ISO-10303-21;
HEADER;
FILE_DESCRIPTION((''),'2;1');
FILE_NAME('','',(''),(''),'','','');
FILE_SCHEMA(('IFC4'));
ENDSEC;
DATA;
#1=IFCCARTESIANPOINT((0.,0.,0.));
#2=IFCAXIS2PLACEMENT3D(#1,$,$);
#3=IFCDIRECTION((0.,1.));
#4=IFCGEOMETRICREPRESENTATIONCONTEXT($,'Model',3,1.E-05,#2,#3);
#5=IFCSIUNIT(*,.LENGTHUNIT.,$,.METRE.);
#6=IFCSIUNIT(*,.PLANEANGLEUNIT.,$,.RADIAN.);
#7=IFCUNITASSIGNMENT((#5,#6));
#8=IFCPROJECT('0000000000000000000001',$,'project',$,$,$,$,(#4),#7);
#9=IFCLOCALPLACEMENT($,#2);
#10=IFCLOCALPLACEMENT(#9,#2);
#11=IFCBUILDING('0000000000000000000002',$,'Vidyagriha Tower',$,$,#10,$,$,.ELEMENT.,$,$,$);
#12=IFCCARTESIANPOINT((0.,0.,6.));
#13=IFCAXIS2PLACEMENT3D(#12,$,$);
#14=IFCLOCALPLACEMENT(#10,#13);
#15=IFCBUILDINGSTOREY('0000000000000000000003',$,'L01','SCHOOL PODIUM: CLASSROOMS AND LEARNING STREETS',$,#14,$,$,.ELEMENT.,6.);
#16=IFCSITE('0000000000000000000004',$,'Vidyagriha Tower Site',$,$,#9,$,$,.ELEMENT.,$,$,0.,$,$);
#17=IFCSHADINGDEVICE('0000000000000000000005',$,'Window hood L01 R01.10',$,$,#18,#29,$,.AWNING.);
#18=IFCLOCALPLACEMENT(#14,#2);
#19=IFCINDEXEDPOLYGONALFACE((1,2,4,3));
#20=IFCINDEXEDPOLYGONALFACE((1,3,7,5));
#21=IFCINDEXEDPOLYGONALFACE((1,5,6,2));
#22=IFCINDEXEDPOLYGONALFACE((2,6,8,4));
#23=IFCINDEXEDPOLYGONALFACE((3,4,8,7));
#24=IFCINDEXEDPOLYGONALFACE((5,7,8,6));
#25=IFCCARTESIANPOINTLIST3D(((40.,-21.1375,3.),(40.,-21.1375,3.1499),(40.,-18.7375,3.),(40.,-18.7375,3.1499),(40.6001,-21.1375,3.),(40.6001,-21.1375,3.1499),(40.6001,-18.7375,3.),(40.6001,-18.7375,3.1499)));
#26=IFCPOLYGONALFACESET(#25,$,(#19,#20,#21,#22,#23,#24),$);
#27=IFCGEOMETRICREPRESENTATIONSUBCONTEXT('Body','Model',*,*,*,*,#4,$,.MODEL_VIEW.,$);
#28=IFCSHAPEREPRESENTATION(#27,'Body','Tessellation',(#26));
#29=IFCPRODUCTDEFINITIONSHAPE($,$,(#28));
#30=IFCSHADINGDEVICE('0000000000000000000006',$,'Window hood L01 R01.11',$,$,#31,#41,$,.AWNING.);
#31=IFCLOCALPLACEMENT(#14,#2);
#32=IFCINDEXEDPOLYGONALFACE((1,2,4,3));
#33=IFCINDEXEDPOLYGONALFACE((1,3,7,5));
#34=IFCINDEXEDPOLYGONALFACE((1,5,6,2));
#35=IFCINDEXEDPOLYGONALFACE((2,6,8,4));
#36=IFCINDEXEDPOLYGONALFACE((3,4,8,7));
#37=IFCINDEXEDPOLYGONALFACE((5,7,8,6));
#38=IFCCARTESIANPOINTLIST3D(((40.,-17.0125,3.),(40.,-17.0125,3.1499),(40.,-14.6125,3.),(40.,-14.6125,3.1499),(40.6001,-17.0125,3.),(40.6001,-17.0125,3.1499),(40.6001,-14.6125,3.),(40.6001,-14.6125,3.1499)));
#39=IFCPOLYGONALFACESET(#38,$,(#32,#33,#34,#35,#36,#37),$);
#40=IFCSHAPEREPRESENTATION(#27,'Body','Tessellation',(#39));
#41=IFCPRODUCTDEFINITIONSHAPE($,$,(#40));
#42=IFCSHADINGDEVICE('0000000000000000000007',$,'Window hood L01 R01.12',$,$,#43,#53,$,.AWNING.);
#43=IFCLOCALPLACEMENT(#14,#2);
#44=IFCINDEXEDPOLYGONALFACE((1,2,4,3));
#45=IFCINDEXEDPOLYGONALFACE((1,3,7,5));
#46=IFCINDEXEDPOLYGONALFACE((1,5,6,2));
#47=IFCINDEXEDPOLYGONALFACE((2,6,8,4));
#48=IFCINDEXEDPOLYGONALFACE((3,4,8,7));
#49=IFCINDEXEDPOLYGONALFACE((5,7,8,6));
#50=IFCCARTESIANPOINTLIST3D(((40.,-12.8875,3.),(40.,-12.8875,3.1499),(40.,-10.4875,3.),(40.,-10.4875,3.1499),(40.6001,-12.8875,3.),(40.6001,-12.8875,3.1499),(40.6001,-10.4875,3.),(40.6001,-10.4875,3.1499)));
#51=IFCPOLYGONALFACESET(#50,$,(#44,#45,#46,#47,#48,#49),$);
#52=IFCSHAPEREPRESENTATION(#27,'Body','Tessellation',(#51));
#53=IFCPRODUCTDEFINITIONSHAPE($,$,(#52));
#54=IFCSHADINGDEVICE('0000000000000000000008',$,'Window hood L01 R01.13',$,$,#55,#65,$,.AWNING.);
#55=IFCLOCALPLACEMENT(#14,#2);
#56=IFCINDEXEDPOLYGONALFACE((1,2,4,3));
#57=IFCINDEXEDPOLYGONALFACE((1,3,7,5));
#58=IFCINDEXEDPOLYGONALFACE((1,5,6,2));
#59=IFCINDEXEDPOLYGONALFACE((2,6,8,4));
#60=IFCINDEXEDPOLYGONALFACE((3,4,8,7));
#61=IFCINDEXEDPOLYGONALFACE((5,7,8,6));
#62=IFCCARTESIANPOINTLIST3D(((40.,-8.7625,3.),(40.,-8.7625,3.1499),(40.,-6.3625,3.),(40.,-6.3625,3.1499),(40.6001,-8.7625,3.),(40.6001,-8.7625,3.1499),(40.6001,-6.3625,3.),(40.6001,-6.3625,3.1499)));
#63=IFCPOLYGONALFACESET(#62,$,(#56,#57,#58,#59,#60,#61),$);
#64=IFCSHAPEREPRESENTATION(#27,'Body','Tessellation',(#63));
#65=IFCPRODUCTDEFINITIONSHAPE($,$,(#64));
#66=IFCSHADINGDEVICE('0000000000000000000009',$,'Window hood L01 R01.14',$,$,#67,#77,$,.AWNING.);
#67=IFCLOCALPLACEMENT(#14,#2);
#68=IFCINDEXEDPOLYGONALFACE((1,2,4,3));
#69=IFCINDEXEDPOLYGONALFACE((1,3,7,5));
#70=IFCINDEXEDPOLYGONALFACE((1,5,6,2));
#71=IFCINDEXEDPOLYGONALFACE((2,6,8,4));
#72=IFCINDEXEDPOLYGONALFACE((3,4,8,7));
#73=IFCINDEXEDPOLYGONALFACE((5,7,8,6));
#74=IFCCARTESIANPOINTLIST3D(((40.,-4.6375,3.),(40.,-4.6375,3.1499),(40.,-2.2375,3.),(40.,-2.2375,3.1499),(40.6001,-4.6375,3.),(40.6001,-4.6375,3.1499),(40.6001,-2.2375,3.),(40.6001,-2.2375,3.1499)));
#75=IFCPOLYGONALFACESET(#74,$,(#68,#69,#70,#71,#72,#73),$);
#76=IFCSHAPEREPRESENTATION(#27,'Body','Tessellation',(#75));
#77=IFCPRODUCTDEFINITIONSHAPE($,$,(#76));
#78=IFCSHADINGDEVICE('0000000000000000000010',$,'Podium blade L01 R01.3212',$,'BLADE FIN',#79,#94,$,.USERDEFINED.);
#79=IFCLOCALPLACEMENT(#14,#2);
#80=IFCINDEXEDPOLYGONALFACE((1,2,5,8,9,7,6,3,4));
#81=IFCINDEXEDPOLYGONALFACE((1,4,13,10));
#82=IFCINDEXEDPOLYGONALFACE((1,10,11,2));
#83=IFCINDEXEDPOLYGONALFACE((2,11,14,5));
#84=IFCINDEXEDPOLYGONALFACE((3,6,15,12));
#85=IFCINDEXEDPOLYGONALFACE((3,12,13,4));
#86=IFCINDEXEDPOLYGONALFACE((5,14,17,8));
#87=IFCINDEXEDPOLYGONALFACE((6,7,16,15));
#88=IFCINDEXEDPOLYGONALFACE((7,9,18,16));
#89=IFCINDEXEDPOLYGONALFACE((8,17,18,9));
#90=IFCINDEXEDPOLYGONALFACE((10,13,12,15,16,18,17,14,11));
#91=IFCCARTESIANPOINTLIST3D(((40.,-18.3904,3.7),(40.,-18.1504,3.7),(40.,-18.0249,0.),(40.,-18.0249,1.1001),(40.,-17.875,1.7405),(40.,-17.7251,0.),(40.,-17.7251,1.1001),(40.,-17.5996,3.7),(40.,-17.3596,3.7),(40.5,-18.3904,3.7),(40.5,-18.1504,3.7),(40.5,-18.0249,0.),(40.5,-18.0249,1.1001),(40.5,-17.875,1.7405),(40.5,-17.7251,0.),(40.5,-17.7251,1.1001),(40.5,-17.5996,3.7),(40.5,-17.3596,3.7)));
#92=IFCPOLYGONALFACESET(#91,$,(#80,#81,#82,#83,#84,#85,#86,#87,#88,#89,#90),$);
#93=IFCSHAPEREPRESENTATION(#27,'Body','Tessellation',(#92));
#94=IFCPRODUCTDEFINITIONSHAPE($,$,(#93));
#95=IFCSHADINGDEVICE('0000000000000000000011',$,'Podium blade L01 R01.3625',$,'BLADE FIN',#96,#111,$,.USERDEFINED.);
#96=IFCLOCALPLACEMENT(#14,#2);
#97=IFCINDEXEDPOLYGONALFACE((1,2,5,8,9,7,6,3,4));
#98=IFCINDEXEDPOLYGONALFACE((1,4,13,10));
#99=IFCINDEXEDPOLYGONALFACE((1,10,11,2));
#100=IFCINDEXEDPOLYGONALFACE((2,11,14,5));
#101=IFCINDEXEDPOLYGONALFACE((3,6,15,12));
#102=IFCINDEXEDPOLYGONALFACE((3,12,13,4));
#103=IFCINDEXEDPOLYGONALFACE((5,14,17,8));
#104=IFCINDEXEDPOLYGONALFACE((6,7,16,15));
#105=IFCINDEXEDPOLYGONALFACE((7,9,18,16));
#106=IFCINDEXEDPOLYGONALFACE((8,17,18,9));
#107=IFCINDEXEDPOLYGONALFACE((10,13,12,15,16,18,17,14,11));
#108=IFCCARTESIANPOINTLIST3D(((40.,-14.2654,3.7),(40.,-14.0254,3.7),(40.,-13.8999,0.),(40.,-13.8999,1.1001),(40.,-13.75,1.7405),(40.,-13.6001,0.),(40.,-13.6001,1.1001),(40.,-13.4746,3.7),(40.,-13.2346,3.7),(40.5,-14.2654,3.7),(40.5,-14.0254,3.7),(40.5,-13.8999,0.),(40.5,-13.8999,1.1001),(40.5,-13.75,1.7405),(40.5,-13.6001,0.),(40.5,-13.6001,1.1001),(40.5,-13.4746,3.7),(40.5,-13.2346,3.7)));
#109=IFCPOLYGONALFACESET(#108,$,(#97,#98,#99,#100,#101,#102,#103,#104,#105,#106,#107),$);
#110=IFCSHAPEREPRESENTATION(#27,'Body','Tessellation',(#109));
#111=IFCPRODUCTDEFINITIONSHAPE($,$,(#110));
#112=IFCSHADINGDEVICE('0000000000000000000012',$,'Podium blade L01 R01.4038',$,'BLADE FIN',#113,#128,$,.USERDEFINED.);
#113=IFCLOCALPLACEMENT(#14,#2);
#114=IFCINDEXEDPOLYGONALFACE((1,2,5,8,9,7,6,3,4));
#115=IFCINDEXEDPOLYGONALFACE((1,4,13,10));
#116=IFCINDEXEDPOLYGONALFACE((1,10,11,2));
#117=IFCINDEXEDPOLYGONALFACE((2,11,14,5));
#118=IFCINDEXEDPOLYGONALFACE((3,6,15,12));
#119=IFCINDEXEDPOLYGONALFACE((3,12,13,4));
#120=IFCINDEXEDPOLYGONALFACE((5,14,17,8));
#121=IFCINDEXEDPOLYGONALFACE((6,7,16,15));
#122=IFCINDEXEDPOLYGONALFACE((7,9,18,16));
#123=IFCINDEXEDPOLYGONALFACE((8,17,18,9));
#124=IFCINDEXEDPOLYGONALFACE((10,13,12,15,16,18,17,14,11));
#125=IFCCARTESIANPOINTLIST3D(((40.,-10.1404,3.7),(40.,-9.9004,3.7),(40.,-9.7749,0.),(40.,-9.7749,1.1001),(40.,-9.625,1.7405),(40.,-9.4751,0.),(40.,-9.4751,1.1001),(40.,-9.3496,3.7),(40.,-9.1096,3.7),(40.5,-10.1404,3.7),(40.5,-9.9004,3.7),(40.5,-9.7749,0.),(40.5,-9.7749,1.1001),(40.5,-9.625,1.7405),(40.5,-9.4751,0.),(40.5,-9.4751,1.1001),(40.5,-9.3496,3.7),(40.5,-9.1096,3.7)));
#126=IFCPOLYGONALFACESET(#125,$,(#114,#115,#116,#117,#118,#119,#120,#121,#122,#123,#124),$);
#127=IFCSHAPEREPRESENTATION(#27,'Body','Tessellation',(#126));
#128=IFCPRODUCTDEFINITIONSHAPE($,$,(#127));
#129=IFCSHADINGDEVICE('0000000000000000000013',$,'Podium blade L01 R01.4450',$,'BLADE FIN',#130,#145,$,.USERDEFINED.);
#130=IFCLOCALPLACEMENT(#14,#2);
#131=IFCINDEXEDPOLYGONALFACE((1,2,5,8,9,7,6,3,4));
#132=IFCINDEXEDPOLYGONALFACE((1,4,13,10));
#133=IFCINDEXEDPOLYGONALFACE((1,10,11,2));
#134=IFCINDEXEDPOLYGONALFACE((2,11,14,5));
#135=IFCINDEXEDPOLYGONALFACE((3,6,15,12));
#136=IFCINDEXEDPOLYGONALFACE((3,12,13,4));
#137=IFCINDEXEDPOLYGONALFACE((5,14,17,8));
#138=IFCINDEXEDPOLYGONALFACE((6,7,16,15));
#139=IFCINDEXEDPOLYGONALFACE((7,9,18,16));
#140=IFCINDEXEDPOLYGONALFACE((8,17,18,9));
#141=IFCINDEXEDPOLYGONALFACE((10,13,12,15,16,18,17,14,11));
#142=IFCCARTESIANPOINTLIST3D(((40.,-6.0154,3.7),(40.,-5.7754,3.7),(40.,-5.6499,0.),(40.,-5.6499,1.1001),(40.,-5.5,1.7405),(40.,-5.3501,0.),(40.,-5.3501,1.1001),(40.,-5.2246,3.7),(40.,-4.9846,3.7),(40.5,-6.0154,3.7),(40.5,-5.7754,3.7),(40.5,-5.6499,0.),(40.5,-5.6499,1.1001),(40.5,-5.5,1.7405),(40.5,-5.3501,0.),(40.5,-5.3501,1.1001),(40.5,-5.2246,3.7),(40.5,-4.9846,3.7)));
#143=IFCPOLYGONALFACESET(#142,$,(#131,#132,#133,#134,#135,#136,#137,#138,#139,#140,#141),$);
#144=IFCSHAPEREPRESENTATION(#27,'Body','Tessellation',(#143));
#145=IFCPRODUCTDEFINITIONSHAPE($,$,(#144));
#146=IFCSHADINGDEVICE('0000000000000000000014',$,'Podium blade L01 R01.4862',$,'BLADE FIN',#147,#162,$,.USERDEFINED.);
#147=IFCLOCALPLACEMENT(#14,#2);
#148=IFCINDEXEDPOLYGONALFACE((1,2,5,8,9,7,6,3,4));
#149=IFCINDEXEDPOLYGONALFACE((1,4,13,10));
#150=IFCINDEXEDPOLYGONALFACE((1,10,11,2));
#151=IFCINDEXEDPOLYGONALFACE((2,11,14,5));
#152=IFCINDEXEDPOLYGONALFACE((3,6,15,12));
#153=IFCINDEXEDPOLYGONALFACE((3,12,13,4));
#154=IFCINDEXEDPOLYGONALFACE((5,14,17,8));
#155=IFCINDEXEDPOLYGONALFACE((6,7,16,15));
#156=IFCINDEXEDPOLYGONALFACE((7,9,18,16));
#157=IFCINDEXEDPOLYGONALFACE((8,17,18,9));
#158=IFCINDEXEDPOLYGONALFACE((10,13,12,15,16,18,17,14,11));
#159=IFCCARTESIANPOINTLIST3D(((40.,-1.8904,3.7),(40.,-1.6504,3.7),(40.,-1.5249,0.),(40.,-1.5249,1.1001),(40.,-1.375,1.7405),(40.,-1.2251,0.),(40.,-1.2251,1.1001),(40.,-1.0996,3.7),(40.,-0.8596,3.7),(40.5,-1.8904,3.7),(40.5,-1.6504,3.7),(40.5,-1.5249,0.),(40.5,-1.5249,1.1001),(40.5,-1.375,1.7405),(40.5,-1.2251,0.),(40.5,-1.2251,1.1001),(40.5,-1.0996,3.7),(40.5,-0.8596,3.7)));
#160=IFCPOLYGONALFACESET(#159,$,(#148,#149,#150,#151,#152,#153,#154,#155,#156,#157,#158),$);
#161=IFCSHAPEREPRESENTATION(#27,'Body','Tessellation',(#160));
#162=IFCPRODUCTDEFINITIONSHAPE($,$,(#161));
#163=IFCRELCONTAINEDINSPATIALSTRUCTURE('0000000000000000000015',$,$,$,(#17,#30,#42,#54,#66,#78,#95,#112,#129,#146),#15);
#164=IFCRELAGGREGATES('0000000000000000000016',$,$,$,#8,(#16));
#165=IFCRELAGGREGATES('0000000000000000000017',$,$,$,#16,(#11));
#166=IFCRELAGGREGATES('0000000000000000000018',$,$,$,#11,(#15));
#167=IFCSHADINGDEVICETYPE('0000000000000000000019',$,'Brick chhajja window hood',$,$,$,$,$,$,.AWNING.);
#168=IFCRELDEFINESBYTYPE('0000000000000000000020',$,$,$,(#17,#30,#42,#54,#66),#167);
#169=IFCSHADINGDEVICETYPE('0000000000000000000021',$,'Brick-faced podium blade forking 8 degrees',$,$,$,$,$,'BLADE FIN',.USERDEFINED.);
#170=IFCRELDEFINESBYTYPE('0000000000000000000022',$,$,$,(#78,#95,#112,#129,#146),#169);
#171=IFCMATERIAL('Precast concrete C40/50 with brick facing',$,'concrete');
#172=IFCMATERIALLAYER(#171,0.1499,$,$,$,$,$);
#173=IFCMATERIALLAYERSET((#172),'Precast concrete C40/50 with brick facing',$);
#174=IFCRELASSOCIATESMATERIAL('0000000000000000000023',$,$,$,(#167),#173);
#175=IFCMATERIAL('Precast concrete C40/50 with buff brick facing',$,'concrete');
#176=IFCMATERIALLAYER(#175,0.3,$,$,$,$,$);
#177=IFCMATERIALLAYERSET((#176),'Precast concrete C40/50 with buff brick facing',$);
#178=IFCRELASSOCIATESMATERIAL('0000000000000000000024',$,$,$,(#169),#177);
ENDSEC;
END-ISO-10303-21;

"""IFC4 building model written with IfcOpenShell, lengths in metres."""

from ifc_helpers import new_model, si_unit, direction, frame, origin, origin_2d, place, context, subcontext, project, spatial, polyline, rectangle, outline, extrude, material, layer, layer_set, type_object, element, save


model = new_model("IFC4")

# Units and contexts
model_context = context("Model", 3, precision=1e-05, world=origin(), true_north=direction((0.0, 1.0)))
body_context = subcontext(model_context, "Body", "Model", "MODEL_VIEW")
ifc_project = project(units=[si_unit("LENGTHUNIT", "METRE"), si_unit("PLANEANGLEUNIT", "RADIAN")], contexts=[model_context])

# Site, building, storey
site_placement = place(None, origin())
site = spatial("IfcSite", under=ifc_project, at=site_placement, Name="Vidyagriha Tower Site", CompositionType="ELEMENT", RefElevation=0.0)
building_placement = place(site_placement, origin())
building = spatial("IfcBuilding", under=site, at=building_placement, Name="Vidyagriha Tower", CompositionType="ELEMENT")
storey_placement = place(building_placement, frame((0.0, 0.0, 6.0)))
storey = spatial("IfcBuildingStorey", under=building, at=storey_placement, Name="L01", Description="SCHOOL PODIUM: CLASSROOMS AND LEARNING STREETS", CompositionType="ELEMENT", Elevation=6.0)

# Shading devices
ifc_material_1 = material(Name="Precast concrete C40/50 with brick facing", Category="concrete")
ifc_layer_1 = layer(ifc_material_1, 0.1499)
ifc_layer_set_1 = layer_set([ifc_layer_1], Name="Precast concrete C40/50 with brick facing")
shading_device_type_1 = type_object("IfcShadingDeviceType", Name="Brick chhajja window hood", PredefinedType="AWNING", material=ifc_layer_set_1)
for number, where, z_axis, x_axis, name in (
    (1, (40.3, -19.9375, 3.0), (0.0, 0.0, 1.0), (0.0, 1.0, 0.0), "Window hood L01 R01.10"),
    (2, (40.3, -15.8125, 3.0), (0.0, 0.0, 1.0), (0.0, 1.0, 0.0), "Window hood L01 R01.11"),
    (3, (40.3, -11.6875, 3.0), (0.0, 0.0, 1.0), (0.0, 1.0, 0.0), "Window hood L01 R01.12"),
    (4, (40.3, -7.5625, 3.0), (0.0, 0.0, 1.0), (0.0, 1.0, 0.0), "Window hood L01 R01.13"),
    (5, (40.3, -3.4375, 3.0), (0.0, 0.0, 1.0), (0.0, 1.0, 0.0), "Window hood L01 R01.14"),
):
    element("IfcShadingDevice", number, at=place(storey_placement, frame(where, z_axis=z_axis, x_axis=x_axis)), inside=storey, type_object=shading_device_type_1, Name=name, PredefinedType="AWNING", context=body_context, shape_type="SweptSolid", body=[
        extrude(rectangle(XDim=2.3999, YDim=0.6001, at=origin_2d()), origin(), (0.0, 0.0, 1.0), 0.1499),
    ])
ifc_material_2 = material(Name="Precast concrete C40/50 with buff brick facing", Category="concrete")
ifc_layer_2 = layer(ifc_material_2, 0.3)
ifc_layer_set_2 = layer_set([ifc_layer_2], Name="Precast concrete C40/50 with buff brick facing")
shading_device_type_2 = type_object("IfcShadingDeviceType", Name="Brick-faced podium blade forking 8 degrees", ElementType="BLADE FIN", PredefinedType="USERDEFINED", material=ifc_layer_set_2)
for number, where, z_axis, x_axis, name in (
    (6, (40.25, -18.3904, 0.0), (0.0, 0.0, 1.0), (0.0, 1.0, 0.0), "Podium blade L01 R01.3212"),
    (7, (40.25, -14.2654, 0.0), (0.0, 0.0, 1.0), (0.0, 1.0, 0.0), "Podium blade L01 R01.3625"),
    (8, (40.25, -10.1404, 0.0), (0.0, 0.0, 1.0), (0.0, 1.0, 0.0), "Podium blade L01 R01.4038"),
    (9, (40.25, -6.0154, 0.0), (0.0, 0.0, 1.0), (0.0, 1.0, 0.0), "Podium blade L01 R01.4450"),
    (10, (40.25, -1.8904, 0.0), (0.0, 0.0, 1.0), (0.0, 1.0, 0.0), "Podium blade L01 R01.4862"),
):
    element("IfcShadingDevice", number, at=place(storey_placement, frame(where, z_axis=z_axis, x_axis=x_axis)), inside=storey, type_object=shading_device_type_2, Name=name, ObjectType="BLADE FIN", PredefinedType="USERDEFINED", context=body_context, shape_type="SweptSolid", body=[
        extrude(outline(polyline([(0.6653, 0.0), (0.6653, 1.1001), (1.0308, 3.7), (0.7908, 3.7), (0.5154, 1.7405), (0.24, 3.7), (0.0, 3.7), (0.3655, 1.1001), (0.3655, 0.0), (0.6653, 0.0)])), frame((0.0, 0.25, 0.0), z_axis=(0.0, -1.0, 0.0), x_axis=(1.0, 0.0, 0.0)), (0.0, 0.0, 1.0), 0.5),
    ])

save(model, "model.ifc")
